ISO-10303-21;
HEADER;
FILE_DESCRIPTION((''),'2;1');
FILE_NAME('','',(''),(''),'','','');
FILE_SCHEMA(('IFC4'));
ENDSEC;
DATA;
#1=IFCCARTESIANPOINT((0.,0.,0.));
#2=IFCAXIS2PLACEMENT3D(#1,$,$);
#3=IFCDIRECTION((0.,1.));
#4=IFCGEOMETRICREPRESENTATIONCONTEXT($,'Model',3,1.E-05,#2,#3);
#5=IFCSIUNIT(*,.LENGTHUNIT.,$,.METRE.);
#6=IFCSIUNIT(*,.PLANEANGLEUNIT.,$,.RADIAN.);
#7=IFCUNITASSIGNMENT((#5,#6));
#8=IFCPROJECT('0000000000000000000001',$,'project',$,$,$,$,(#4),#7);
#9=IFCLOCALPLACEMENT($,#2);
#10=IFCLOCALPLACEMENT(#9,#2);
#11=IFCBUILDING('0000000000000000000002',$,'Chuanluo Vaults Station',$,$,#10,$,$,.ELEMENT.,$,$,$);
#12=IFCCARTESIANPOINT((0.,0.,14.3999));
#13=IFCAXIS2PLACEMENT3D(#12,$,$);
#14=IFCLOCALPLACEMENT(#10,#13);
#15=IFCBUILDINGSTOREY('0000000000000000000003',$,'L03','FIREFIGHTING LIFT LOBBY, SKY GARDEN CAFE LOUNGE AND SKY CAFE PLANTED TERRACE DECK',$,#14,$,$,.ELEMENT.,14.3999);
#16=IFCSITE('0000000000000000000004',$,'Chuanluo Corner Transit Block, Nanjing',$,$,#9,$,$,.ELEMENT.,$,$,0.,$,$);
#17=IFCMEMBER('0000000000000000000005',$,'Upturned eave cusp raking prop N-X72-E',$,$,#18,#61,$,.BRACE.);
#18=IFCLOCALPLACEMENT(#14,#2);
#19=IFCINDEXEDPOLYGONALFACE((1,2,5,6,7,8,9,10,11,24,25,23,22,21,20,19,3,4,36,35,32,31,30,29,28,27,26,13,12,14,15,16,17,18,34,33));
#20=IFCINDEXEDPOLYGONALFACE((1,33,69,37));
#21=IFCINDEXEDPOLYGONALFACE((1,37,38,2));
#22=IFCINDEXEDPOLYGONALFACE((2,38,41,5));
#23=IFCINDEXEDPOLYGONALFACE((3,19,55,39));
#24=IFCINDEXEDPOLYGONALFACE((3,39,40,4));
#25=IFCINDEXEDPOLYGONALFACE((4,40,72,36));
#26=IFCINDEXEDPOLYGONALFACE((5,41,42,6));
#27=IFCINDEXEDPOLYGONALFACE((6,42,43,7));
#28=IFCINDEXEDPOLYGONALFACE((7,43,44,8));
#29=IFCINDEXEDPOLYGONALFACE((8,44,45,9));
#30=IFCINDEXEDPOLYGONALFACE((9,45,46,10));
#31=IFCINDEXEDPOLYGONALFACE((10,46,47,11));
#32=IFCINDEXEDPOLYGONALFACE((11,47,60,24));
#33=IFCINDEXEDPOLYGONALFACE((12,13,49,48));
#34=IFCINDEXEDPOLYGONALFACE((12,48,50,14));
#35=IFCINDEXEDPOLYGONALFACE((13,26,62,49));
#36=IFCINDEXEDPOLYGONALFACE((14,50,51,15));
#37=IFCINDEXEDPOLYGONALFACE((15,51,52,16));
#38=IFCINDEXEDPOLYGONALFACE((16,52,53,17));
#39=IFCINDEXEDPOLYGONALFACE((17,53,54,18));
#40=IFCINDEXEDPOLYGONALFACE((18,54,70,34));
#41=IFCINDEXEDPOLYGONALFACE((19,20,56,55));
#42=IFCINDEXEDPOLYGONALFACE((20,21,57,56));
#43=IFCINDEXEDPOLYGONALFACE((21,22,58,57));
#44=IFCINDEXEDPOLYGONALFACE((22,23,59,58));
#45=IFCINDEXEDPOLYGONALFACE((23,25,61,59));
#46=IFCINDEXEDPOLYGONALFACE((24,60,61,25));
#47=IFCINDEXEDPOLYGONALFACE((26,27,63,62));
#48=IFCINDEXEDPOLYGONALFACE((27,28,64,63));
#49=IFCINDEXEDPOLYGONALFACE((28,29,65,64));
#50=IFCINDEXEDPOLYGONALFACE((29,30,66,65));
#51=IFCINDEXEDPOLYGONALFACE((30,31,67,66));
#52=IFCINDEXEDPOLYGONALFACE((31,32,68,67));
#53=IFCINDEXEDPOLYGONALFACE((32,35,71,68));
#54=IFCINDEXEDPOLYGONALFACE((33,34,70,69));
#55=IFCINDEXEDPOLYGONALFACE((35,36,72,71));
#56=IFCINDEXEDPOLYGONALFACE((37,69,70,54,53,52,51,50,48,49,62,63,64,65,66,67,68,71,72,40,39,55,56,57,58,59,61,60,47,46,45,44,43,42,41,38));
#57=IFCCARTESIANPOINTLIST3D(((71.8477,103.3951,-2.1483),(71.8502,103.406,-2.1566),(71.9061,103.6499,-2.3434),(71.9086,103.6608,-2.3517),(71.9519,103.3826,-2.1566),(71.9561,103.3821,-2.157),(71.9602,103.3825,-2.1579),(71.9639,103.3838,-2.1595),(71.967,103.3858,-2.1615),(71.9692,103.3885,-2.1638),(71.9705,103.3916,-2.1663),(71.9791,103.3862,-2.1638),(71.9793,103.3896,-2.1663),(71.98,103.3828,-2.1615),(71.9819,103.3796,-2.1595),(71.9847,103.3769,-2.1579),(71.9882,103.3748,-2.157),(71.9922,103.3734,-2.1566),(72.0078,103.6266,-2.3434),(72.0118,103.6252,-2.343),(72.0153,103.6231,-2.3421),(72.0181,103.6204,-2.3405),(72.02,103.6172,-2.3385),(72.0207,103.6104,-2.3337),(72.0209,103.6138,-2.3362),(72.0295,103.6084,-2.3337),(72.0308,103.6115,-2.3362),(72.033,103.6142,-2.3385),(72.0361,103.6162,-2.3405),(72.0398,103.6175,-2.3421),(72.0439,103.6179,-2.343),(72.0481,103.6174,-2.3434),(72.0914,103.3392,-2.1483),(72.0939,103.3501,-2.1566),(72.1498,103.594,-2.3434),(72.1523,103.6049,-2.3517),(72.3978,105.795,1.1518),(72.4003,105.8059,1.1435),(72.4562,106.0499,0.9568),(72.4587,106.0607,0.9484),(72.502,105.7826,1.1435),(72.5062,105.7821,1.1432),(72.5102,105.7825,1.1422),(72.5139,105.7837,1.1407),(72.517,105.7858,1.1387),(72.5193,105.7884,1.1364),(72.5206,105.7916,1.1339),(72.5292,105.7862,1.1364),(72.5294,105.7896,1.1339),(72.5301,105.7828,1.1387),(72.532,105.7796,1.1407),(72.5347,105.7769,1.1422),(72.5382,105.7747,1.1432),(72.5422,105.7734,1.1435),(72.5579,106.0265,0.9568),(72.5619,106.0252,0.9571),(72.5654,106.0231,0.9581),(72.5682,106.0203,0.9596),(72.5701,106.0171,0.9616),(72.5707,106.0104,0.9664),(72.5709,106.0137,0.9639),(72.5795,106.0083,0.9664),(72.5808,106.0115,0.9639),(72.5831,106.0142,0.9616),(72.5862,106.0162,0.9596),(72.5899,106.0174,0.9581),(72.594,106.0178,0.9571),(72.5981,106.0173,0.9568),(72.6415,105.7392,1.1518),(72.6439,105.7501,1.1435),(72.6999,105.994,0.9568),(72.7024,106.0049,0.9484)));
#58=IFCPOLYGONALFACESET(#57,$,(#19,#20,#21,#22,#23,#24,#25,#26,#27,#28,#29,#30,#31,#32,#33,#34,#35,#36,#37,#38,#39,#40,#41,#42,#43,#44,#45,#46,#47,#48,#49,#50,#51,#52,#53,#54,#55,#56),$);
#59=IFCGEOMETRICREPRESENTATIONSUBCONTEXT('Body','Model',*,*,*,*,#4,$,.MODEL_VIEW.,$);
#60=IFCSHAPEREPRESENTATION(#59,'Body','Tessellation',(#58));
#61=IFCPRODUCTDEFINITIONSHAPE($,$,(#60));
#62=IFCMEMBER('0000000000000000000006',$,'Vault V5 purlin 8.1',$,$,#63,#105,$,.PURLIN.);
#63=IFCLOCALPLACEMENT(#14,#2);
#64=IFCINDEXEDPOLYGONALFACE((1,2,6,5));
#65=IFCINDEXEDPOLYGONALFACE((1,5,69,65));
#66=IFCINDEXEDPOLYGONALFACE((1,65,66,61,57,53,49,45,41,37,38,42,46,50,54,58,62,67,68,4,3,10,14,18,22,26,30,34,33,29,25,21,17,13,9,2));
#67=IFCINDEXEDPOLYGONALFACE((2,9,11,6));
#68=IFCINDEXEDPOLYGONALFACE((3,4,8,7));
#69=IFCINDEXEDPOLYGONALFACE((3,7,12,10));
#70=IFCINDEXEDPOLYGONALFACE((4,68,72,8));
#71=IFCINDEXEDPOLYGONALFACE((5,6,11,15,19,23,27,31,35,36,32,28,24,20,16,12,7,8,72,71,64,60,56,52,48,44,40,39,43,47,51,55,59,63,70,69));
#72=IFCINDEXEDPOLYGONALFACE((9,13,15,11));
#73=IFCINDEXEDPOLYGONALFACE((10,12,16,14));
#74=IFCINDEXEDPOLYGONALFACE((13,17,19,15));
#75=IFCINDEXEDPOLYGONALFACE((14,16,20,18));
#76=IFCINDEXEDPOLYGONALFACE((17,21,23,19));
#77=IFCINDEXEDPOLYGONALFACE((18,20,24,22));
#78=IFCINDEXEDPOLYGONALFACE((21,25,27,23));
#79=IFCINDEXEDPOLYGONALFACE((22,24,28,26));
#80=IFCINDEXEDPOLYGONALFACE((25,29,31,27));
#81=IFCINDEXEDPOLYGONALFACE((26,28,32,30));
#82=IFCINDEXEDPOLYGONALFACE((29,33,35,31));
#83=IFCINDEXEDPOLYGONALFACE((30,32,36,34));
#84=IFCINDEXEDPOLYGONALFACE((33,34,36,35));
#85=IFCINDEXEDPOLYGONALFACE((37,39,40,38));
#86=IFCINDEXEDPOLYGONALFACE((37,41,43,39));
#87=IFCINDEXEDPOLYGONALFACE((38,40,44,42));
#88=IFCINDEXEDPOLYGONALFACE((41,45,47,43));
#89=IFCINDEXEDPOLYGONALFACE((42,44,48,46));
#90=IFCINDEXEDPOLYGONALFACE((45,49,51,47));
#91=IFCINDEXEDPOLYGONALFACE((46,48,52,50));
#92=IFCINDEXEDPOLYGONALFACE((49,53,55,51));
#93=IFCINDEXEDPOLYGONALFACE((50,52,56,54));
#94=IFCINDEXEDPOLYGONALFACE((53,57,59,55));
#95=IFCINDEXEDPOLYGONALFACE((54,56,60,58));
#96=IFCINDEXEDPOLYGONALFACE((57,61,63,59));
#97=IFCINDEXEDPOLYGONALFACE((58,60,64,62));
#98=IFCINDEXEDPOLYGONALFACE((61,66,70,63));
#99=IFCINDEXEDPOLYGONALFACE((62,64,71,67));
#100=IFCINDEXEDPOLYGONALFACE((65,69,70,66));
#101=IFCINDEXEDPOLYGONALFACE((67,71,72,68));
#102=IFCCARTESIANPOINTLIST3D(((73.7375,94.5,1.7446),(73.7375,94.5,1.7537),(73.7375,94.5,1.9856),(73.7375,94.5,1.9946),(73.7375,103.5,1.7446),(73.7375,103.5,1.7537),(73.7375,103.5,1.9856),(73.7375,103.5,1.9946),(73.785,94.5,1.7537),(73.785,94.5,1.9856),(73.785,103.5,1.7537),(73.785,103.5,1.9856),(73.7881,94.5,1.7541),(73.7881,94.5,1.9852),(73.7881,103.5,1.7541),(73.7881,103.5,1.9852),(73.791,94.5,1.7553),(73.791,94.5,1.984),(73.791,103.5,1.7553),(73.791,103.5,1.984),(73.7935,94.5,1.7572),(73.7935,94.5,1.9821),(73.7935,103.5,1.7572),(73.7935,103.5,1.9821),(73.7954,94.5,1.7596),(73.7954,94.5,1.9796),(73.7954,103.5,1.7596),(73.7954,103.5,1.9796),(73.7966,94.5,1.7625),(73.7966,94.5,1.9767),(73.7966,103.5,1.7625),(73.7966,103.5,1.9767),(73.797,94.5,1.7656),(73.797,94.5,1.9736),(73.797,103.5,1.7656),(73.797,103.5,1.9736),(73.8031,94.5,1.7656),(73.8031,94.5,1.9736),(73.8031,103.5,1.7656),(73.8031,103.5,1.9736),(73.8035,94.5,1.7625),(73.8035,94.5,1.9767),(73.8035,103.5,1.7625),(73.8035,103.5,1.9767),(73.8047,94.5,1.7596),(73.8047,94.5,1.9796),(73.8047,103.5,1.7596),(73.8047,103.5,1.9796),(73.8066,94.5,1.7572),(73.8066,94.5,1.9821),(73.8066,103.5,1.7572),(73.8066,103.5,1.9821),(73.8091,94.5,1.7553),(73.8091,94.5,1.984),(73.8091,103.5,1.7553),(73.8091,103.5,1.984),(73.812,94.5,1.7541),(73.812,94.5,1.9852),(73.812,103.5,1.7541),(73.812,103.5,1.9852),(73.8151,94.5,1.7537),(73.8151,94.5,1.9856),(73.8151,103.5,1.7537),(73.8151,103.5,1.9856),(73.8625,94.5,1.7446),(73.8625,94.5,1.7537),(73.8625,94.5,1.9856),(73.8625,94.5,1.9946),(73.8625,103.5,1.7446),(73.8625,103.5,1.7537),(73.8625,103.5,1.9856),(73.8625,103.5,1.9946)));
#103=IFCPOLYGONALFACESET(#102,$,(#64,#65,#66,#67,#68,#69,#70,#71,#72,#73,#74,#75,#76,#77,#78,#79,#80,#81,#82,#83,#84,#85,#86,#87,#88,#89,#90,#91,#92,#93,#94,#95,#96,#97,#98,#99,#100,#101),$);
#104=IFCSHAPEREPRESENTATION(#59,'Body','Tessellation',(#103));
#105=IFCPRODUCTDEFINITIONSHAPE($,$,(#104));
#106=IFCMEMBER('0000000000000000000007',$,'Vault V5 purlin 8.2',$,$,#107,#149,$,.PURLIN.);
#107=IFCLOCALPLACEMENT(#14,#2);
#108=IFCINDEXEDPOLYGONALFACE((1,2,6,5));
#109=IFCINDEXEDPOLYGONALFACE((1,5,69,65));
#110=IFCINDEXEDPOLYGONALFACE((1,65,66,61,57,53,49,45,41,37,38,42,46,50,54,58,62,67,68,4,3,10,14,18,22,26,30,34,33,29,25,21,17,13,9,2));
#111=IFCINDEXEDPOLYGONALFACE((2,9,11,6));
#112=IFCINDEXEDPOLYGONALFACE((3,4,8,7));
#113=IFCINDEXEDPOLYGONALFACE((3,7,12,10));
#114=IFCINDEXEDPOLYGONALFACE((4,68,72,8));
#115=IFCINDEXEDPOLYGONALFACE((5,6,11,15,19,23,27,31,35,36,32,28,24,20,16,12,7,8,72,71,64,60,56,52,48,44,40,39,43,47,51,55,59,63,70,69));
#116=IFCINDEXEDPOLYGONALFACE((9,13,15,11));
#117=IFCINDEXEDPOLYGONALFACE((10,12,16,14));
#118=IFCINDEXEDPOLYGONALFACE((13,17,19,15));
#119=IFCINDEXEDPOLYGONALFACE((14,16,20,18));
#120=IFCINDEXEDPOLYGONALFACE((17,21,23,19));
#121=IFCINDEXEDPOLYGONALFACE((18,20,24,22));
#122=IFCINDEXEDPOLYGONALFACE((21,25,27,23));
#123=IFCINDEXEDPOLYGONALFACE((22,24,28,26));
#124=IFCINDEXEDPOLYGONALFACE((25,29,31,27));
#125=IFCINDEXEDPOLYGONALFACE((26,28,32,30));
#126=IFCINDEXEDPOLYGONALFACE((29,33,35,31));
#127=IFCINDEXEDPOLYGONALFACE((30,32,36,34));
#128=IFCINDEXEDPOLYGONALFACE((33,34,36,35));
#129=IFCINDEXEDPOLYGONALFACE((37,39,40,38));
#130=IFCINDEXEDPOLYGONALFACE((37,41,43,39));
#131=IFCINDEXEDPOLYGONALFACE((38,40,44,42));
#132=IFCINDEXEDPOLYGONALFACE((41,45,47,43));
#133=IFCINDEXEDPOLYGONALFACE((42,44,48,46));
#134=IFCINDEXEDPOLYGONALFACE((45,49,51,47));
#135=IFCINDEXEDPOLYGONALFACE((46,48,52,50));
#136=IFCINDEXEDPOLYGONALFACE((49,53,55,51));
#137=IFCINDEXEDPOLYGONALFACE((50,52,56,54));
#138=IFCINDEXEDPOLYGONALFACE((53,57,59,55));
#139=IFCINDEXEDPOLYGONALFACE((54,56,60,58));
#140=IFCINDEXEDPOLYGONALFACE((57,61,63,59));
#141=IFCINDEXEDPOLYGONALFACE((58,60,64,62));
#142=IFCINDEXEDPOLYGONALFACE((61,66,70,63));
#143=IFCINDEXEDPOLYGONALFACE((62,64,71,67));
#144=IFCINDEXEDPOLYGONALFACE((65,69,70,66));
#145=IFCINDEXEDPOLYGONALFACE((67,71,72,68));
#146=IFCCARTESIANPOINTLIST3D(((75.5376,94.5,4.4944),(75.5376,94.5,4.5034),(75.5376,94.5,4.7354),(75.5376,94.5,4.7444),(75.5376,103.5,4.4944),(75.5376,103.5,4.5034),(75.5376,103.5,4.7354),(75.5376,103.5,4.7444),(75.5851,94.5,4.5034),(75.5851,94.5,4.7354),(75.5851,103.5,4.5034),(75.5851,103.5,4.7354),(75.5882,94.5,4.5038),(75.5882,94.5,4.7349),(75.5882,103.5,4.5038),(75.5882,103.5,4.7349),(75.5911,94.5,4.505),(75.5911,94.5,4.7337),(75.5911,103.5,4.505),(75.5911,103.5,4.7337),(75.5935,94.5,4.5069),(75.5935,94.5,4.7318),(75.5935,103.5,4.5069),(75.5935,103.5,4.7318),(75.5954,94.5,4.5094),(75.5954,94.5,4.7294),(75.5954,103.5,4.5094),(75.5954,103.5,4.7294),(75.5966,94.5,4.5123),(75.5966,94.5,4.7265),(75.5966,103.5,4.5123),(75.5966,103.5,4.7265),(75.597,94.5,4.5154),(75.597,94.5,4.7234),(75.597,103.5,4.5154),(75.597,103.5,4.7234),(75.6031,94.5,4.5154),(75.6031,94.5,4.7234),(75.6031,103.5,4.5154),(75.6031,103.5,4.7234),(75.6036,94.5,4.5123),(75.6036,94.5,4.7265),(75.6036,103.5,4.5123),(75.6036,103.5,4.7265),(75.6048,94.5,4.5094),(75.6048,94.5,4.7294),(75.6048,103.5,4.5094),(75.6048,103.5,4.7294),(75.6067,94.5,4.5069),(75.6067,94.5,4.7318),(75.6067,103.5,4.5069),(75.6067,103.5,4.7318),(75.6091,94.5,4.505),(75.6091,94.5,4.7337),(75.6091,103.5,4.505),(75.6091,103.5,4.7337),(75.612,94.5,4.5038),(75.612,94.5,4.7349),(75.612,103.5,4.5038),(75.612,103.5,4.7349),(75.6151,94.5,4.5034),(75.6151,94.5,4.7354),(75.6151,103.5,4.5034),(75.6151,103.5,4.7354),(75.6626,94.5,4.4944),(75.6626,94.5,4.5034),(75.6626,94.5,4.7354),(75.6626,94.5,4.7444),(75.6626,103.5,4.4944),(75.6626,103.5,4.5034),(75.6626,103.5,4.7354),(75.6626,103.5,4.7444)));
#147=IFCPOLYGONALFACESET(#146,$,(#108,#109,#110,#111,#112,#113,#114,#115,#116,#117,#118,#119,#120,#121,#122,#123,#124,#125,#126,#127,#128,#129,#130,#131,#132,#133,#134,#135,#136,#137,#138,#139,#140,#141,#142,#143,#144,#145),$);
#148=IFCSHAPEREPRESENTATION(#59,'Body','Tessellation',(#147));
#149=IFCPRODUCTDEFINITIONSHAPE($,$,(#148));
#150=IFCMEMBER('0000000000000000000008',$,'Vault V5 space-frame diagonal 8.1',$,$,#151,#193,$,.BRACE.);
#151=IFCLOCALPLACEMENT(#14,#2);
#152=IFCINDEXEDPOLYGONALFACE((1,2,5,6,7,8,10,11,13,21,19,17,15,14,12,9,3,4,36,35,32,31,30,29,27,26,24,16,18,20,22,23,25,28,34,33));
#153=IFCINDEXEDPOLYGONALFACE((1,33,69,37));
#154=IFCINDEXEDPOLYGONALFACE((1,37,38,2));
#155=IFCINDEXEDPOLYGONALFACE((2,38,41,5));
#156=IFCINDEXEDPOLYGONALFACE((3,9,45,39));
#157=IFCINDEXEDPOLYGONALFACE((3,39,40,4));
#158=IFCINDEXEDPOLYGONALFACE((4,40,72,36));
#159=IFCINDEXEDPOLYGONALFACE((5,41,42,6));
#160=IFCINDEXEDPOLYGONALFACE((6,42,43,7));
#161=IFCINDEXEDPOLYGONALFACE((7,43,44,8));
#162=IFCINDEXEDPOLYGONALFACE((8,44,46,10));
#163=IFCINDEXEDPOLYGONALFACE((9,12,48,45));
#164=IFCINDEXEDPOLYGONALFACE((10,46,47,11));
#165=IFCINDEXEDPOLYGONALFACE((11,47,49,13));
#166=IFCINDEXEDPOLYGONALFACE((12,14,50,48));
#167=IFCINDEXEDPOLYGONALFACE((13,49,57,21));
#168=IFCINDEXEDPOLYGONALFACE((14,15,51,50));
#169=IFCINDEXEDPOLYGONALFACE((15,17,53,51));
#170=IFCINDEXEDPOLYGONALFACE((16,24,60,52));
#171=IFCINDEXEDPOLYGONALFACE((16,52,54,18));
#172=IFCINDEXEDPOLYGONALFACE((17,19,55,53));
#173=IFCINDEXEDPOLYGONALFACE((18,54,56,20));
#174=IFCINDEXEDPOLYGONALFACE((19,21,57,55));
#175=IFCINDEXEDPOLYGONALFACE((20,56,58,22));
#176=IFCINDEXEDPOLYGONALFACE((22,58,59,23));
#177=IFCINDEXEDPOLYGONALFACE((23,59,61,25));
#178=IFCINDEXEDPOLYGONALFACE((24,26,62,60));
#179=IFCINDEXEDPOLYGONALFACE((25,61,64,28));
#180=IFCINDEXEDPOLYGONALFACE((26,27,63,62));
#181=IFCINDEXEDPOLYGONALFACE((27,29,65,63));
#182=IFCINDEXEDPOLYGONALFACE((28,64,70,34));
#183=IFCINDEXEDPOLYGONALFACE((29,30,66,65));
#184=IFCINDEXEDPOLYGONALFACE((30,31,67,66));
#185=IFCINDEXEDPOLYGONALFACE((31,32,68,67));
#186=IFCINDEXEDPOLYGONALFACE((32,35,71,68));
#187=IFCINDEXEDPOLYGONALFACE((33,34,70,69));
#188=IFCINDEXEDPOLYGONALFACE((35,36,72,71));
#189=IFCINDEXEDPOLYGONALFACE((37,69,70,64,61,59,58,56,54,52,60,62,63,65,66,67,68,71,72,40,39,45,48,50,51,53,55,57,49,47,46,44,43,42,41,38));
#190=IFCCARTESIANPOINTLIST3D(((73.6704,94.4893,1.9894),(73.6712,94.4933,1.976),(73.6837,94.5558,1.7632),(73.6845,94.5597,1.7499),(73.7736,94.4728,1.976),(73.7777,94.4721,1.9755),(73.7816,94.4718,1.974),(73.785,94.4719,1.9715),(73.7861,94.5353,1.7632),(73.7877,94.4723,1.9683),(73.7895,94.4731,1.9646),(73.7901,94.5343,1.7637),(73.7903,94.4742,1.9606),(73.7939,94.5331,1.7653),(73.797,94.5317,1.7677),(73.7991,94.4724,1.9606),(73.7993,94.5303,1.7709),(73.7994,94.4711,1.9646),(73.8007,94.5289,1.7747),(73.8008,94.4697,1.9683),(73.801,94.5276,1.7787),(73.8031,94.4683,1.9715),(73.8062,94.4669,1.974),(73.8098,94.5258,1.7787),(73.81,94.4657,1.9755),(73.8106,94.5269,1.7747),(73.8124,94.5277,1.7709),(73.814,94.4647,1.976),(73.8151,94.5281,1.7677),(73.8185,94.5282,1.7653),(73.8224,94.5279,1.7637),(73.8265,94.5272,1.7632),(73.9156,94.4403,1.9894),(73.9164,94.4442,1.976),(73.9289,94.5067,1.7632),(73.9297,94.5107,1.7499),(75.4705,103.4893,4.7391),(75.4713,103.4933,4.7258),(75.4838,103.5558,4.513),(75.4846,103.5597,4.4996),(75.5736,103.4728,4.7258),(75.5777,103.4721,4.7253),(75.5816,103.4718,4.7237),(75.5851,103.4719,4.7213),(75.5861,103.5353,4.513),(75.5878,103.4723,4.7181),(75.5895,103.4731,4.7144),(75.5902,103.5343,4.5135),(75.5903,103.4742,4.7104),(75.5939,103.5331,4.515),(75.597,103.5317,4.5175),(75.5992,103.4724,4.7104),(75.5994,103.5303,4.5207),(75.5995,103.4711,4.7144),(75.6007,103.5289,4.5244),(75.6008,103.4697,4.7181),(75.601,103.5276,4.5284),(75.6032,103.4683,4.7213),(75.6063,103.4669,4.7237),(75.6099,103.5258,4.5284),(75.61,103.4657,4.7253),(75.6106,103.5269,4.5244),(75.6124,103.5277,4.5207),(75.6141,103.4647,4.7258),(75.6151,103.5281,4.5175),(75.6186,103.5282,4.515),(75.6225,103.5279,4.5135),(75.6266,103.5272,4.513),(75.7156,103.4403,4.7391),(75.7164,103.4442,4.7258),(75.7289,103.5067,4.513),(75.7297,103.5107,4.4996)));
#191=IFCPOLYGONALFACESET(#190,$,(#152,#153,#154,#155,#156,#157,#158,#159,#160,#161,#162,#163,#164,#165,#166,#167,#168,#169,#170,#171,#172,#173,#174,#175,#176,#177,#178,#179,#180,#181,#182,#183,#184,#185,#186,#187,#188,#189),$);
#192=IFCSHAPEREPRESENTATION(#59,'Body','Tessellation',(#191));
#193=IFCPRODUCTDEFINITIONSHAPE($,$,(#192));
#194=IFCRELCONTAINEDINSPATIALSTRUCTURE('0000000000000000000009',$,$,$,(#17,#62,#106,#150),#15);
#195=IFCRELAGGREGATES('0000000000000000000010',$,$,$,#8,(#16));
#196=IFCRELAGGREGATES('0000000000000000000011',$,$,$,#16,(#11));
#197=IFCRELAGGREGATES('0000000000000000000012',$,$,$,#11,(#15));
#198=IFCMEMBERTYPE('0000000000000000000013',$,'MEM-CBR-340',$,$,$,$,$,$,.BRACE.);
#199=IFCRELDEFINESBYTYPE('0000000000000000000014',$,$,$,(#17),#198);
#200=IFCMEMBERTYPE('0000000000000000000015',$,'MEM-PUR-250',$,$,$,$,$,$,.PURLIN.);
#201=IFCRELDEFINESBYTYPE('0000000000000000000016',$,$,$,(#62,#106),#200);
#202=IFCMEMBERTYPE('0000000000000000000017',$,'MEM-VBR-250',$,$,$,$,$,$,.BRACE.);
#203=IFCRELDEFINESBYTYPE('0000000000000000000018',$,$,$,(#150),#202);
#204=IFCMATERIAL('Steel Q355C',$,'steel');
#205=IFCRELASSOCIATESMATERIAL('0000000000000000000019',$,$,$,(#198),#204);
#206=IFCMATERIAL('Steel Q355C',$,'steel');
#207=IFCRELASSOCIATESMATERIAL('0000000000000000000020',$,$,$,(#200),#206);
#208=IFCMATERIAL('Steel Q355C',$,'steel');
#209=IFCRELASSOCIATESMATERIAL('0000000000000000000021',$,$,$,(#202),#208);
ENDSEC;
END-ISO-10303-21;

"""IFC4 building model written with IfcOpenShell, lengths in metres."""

from ifc_helpers import new_model, si_unit, direction, frame, origin, origin_2d, place, context, subcontext, project, spatial, i_section, extrude, material, material_profile, profile_set, type_object, element, save


model = new_model("IFC4")

# Units and contexts
model_context = context("Model", 3, precision=1e-05, world=origin(), true_north=direction((0.0, 1.0)))
body_context = subcontext(model_context, "Body", "Model", "MODEL_VIEW")
ifc_project = project(units=[si_unit("LENGTHUNIT", "METRE"), si_unit("PLANEANGLEUNIT", "RADIAN")], contexts=[model_context])

# Site, building, storey
site_placement = place(None, origin())
site = spatial("IfcSite", under=ifc_project, at=site_placement, Name="Chuanluo Corner Transit Block, Nanjing", CompositionType="ELEMENT", RefElevation=0.0)
building_placement = place(site_placement, origin())
building = spatial("IfcBuilding", under=site, at=building_placement, Name="Chuanluo Vaults Station", CompositionType="ELEMENT")
storey_placement = place(building_placement, frame((0.0, 0.0, 14.3999)))
storey = spatial("IfcBuildingStorey", under=building, at=storey_placement, Name="L03", Description="FIREFIGHTING LIFT LOBBY, SKY GARDEN CAFE LOUNGE AND SKY CAFE PLANTED TERRACE DECK", CompositionType="ELEMENT", Elevation=14.3999)

# Members
ifc_material_1 = material(Name="Steel Q355C", Category="steel")
ifc_material_profile_1 = material_profile(ifc_material_1, i_section(OverallWidth=0.25, OverallDepth=0.3401, WebThickness=0.009, FlangeThickness=0.0139, FilletRadius=0.0161, at=origin_2d()))
ifc_profile_set_1 = profile_set([ifc_material_profile_1], Name="Steel Q355C")
member_type_1 = type_object("IfcMemberType", Name="MEM-CBR-340", PredefinedType="BRACE", material=ifc_profile_set_1)
for number, where, z_axis, x_axis, name in (
    (1, (72.0, 103.5, -2.25), (0.133594, 0.582878, 0.801502), (-0.974726, 0.223404, 0.0), "Upturned eave cusp raking prop N-X72-E"),
):
    element("IfcMember", number, at=place(storey_placement, frame(where, z_axis=z_axis, x_axis=x_axis)), inside=storey, type_object=member_type_1, Name=name, PredefinedType="BRACE", context=body_context, shape_type="SweptSolid", body=[
        extrude(i_section(OverallWidth=0.25, OverallDepth=0.3401, WebThickness=0.009, FlangeThickness=0.0139, FilletRadius=0.0161, at=origin_2d()), origin(), (0.0, 0.0, 1.0), 4.1174),
    ])
ifc_material_2 = material(Name="Steel Q355C", Category="steel")
ifc_material_profile_2 = material_profile(ifc_material_2, i_section(OverallWidth=0.125, OverallDepth=0.25, WebThickness=0.0061, FlangeThickness=0.009, FilletRadius=0.012, at=origin_2d()))
ifc_profile_set_2 = profile_set([ifc_material_profile_2], Name="Steel Q355C")
member_type_2 = type_object("IfcMemberType", Name="MEM-PUR-250", PredefinedType="PURLIN", material=ifc_profile_set_2)
for number, where, z_axis, x_axis, name in (
    (2, (73.8, 94.5, 1.8696), (0.0, 1.0, 0.0), (-1.0, 0.0, 0.0), "Vault V5 purlin 8.1"),
    (3, (75.6001, 94.5, 4.6194), (0.0, 1.0, 0.0), (-1.0, 0.0, 0.0), "Vault V5 purlin 8.2"),
):
    element("IfcMember", number, at=place(storey_placement, frame(where, z_axis=z_axis, x_axis=x_axis)), inside=storey, type_object=member_type_2, Name=name, PredefinedType="PURLIN", context=body_context, shape_type="SweptSolid", body=[
        extrude(i_section(OverallWidth=0.125, OverallDepth=0.25, WebThickness=0.0061, FlangeThickness=0.009, FilletRadius=0.012, at=origin_2d()), origin(), (0.0, 0.0, 1.0), 9.0),
    ])
ifc_material_3 = material(Name="Steel Q355C", Category="steel")
ifc_material_profile_3 = material_profile(ifc_material_3, i_section(OverallWidth=0.25, OverallDepth=0.25, WebThickness=0.009, FlangeThickness=0.0139, FilletRadius=0.0161, at=origin_2d()))
ifc_profile_set_3 = profile_set([ifc_material_profile_3], Name="Steel Q355C")
member_type_3 = type_object("IfcMemberType", Name="MEM-VBR-250", PredefinedType="BRACE", material=ifc_profile_set_3)
member_placement = place(storey_placement, frame((73.8, 94.5, 1.8696), z_axis=(0.187871, 0.93933, 0.286992), x_axis=(-0.98058, 0.196121, 0.0)))
element("IfcMember", 4, at=member_placement, inside=storey, type_object=member_type_3, Name="Vault V5 space-frame diagonal 8.1", PredefinedType="BRACE", context=body_context, shape_type="SweptSolid", body=[
    extrude(i_section(OverallWidth=0.25, OverallDepth=0.25, WebThickness=0.009, FlangeThickness=0.0139, FilletRadius=0.0161, at=origin_2d()), origin(), (0.0, 0.0, 1.0), 9.5813),
])

save(model, "model.ifc")
